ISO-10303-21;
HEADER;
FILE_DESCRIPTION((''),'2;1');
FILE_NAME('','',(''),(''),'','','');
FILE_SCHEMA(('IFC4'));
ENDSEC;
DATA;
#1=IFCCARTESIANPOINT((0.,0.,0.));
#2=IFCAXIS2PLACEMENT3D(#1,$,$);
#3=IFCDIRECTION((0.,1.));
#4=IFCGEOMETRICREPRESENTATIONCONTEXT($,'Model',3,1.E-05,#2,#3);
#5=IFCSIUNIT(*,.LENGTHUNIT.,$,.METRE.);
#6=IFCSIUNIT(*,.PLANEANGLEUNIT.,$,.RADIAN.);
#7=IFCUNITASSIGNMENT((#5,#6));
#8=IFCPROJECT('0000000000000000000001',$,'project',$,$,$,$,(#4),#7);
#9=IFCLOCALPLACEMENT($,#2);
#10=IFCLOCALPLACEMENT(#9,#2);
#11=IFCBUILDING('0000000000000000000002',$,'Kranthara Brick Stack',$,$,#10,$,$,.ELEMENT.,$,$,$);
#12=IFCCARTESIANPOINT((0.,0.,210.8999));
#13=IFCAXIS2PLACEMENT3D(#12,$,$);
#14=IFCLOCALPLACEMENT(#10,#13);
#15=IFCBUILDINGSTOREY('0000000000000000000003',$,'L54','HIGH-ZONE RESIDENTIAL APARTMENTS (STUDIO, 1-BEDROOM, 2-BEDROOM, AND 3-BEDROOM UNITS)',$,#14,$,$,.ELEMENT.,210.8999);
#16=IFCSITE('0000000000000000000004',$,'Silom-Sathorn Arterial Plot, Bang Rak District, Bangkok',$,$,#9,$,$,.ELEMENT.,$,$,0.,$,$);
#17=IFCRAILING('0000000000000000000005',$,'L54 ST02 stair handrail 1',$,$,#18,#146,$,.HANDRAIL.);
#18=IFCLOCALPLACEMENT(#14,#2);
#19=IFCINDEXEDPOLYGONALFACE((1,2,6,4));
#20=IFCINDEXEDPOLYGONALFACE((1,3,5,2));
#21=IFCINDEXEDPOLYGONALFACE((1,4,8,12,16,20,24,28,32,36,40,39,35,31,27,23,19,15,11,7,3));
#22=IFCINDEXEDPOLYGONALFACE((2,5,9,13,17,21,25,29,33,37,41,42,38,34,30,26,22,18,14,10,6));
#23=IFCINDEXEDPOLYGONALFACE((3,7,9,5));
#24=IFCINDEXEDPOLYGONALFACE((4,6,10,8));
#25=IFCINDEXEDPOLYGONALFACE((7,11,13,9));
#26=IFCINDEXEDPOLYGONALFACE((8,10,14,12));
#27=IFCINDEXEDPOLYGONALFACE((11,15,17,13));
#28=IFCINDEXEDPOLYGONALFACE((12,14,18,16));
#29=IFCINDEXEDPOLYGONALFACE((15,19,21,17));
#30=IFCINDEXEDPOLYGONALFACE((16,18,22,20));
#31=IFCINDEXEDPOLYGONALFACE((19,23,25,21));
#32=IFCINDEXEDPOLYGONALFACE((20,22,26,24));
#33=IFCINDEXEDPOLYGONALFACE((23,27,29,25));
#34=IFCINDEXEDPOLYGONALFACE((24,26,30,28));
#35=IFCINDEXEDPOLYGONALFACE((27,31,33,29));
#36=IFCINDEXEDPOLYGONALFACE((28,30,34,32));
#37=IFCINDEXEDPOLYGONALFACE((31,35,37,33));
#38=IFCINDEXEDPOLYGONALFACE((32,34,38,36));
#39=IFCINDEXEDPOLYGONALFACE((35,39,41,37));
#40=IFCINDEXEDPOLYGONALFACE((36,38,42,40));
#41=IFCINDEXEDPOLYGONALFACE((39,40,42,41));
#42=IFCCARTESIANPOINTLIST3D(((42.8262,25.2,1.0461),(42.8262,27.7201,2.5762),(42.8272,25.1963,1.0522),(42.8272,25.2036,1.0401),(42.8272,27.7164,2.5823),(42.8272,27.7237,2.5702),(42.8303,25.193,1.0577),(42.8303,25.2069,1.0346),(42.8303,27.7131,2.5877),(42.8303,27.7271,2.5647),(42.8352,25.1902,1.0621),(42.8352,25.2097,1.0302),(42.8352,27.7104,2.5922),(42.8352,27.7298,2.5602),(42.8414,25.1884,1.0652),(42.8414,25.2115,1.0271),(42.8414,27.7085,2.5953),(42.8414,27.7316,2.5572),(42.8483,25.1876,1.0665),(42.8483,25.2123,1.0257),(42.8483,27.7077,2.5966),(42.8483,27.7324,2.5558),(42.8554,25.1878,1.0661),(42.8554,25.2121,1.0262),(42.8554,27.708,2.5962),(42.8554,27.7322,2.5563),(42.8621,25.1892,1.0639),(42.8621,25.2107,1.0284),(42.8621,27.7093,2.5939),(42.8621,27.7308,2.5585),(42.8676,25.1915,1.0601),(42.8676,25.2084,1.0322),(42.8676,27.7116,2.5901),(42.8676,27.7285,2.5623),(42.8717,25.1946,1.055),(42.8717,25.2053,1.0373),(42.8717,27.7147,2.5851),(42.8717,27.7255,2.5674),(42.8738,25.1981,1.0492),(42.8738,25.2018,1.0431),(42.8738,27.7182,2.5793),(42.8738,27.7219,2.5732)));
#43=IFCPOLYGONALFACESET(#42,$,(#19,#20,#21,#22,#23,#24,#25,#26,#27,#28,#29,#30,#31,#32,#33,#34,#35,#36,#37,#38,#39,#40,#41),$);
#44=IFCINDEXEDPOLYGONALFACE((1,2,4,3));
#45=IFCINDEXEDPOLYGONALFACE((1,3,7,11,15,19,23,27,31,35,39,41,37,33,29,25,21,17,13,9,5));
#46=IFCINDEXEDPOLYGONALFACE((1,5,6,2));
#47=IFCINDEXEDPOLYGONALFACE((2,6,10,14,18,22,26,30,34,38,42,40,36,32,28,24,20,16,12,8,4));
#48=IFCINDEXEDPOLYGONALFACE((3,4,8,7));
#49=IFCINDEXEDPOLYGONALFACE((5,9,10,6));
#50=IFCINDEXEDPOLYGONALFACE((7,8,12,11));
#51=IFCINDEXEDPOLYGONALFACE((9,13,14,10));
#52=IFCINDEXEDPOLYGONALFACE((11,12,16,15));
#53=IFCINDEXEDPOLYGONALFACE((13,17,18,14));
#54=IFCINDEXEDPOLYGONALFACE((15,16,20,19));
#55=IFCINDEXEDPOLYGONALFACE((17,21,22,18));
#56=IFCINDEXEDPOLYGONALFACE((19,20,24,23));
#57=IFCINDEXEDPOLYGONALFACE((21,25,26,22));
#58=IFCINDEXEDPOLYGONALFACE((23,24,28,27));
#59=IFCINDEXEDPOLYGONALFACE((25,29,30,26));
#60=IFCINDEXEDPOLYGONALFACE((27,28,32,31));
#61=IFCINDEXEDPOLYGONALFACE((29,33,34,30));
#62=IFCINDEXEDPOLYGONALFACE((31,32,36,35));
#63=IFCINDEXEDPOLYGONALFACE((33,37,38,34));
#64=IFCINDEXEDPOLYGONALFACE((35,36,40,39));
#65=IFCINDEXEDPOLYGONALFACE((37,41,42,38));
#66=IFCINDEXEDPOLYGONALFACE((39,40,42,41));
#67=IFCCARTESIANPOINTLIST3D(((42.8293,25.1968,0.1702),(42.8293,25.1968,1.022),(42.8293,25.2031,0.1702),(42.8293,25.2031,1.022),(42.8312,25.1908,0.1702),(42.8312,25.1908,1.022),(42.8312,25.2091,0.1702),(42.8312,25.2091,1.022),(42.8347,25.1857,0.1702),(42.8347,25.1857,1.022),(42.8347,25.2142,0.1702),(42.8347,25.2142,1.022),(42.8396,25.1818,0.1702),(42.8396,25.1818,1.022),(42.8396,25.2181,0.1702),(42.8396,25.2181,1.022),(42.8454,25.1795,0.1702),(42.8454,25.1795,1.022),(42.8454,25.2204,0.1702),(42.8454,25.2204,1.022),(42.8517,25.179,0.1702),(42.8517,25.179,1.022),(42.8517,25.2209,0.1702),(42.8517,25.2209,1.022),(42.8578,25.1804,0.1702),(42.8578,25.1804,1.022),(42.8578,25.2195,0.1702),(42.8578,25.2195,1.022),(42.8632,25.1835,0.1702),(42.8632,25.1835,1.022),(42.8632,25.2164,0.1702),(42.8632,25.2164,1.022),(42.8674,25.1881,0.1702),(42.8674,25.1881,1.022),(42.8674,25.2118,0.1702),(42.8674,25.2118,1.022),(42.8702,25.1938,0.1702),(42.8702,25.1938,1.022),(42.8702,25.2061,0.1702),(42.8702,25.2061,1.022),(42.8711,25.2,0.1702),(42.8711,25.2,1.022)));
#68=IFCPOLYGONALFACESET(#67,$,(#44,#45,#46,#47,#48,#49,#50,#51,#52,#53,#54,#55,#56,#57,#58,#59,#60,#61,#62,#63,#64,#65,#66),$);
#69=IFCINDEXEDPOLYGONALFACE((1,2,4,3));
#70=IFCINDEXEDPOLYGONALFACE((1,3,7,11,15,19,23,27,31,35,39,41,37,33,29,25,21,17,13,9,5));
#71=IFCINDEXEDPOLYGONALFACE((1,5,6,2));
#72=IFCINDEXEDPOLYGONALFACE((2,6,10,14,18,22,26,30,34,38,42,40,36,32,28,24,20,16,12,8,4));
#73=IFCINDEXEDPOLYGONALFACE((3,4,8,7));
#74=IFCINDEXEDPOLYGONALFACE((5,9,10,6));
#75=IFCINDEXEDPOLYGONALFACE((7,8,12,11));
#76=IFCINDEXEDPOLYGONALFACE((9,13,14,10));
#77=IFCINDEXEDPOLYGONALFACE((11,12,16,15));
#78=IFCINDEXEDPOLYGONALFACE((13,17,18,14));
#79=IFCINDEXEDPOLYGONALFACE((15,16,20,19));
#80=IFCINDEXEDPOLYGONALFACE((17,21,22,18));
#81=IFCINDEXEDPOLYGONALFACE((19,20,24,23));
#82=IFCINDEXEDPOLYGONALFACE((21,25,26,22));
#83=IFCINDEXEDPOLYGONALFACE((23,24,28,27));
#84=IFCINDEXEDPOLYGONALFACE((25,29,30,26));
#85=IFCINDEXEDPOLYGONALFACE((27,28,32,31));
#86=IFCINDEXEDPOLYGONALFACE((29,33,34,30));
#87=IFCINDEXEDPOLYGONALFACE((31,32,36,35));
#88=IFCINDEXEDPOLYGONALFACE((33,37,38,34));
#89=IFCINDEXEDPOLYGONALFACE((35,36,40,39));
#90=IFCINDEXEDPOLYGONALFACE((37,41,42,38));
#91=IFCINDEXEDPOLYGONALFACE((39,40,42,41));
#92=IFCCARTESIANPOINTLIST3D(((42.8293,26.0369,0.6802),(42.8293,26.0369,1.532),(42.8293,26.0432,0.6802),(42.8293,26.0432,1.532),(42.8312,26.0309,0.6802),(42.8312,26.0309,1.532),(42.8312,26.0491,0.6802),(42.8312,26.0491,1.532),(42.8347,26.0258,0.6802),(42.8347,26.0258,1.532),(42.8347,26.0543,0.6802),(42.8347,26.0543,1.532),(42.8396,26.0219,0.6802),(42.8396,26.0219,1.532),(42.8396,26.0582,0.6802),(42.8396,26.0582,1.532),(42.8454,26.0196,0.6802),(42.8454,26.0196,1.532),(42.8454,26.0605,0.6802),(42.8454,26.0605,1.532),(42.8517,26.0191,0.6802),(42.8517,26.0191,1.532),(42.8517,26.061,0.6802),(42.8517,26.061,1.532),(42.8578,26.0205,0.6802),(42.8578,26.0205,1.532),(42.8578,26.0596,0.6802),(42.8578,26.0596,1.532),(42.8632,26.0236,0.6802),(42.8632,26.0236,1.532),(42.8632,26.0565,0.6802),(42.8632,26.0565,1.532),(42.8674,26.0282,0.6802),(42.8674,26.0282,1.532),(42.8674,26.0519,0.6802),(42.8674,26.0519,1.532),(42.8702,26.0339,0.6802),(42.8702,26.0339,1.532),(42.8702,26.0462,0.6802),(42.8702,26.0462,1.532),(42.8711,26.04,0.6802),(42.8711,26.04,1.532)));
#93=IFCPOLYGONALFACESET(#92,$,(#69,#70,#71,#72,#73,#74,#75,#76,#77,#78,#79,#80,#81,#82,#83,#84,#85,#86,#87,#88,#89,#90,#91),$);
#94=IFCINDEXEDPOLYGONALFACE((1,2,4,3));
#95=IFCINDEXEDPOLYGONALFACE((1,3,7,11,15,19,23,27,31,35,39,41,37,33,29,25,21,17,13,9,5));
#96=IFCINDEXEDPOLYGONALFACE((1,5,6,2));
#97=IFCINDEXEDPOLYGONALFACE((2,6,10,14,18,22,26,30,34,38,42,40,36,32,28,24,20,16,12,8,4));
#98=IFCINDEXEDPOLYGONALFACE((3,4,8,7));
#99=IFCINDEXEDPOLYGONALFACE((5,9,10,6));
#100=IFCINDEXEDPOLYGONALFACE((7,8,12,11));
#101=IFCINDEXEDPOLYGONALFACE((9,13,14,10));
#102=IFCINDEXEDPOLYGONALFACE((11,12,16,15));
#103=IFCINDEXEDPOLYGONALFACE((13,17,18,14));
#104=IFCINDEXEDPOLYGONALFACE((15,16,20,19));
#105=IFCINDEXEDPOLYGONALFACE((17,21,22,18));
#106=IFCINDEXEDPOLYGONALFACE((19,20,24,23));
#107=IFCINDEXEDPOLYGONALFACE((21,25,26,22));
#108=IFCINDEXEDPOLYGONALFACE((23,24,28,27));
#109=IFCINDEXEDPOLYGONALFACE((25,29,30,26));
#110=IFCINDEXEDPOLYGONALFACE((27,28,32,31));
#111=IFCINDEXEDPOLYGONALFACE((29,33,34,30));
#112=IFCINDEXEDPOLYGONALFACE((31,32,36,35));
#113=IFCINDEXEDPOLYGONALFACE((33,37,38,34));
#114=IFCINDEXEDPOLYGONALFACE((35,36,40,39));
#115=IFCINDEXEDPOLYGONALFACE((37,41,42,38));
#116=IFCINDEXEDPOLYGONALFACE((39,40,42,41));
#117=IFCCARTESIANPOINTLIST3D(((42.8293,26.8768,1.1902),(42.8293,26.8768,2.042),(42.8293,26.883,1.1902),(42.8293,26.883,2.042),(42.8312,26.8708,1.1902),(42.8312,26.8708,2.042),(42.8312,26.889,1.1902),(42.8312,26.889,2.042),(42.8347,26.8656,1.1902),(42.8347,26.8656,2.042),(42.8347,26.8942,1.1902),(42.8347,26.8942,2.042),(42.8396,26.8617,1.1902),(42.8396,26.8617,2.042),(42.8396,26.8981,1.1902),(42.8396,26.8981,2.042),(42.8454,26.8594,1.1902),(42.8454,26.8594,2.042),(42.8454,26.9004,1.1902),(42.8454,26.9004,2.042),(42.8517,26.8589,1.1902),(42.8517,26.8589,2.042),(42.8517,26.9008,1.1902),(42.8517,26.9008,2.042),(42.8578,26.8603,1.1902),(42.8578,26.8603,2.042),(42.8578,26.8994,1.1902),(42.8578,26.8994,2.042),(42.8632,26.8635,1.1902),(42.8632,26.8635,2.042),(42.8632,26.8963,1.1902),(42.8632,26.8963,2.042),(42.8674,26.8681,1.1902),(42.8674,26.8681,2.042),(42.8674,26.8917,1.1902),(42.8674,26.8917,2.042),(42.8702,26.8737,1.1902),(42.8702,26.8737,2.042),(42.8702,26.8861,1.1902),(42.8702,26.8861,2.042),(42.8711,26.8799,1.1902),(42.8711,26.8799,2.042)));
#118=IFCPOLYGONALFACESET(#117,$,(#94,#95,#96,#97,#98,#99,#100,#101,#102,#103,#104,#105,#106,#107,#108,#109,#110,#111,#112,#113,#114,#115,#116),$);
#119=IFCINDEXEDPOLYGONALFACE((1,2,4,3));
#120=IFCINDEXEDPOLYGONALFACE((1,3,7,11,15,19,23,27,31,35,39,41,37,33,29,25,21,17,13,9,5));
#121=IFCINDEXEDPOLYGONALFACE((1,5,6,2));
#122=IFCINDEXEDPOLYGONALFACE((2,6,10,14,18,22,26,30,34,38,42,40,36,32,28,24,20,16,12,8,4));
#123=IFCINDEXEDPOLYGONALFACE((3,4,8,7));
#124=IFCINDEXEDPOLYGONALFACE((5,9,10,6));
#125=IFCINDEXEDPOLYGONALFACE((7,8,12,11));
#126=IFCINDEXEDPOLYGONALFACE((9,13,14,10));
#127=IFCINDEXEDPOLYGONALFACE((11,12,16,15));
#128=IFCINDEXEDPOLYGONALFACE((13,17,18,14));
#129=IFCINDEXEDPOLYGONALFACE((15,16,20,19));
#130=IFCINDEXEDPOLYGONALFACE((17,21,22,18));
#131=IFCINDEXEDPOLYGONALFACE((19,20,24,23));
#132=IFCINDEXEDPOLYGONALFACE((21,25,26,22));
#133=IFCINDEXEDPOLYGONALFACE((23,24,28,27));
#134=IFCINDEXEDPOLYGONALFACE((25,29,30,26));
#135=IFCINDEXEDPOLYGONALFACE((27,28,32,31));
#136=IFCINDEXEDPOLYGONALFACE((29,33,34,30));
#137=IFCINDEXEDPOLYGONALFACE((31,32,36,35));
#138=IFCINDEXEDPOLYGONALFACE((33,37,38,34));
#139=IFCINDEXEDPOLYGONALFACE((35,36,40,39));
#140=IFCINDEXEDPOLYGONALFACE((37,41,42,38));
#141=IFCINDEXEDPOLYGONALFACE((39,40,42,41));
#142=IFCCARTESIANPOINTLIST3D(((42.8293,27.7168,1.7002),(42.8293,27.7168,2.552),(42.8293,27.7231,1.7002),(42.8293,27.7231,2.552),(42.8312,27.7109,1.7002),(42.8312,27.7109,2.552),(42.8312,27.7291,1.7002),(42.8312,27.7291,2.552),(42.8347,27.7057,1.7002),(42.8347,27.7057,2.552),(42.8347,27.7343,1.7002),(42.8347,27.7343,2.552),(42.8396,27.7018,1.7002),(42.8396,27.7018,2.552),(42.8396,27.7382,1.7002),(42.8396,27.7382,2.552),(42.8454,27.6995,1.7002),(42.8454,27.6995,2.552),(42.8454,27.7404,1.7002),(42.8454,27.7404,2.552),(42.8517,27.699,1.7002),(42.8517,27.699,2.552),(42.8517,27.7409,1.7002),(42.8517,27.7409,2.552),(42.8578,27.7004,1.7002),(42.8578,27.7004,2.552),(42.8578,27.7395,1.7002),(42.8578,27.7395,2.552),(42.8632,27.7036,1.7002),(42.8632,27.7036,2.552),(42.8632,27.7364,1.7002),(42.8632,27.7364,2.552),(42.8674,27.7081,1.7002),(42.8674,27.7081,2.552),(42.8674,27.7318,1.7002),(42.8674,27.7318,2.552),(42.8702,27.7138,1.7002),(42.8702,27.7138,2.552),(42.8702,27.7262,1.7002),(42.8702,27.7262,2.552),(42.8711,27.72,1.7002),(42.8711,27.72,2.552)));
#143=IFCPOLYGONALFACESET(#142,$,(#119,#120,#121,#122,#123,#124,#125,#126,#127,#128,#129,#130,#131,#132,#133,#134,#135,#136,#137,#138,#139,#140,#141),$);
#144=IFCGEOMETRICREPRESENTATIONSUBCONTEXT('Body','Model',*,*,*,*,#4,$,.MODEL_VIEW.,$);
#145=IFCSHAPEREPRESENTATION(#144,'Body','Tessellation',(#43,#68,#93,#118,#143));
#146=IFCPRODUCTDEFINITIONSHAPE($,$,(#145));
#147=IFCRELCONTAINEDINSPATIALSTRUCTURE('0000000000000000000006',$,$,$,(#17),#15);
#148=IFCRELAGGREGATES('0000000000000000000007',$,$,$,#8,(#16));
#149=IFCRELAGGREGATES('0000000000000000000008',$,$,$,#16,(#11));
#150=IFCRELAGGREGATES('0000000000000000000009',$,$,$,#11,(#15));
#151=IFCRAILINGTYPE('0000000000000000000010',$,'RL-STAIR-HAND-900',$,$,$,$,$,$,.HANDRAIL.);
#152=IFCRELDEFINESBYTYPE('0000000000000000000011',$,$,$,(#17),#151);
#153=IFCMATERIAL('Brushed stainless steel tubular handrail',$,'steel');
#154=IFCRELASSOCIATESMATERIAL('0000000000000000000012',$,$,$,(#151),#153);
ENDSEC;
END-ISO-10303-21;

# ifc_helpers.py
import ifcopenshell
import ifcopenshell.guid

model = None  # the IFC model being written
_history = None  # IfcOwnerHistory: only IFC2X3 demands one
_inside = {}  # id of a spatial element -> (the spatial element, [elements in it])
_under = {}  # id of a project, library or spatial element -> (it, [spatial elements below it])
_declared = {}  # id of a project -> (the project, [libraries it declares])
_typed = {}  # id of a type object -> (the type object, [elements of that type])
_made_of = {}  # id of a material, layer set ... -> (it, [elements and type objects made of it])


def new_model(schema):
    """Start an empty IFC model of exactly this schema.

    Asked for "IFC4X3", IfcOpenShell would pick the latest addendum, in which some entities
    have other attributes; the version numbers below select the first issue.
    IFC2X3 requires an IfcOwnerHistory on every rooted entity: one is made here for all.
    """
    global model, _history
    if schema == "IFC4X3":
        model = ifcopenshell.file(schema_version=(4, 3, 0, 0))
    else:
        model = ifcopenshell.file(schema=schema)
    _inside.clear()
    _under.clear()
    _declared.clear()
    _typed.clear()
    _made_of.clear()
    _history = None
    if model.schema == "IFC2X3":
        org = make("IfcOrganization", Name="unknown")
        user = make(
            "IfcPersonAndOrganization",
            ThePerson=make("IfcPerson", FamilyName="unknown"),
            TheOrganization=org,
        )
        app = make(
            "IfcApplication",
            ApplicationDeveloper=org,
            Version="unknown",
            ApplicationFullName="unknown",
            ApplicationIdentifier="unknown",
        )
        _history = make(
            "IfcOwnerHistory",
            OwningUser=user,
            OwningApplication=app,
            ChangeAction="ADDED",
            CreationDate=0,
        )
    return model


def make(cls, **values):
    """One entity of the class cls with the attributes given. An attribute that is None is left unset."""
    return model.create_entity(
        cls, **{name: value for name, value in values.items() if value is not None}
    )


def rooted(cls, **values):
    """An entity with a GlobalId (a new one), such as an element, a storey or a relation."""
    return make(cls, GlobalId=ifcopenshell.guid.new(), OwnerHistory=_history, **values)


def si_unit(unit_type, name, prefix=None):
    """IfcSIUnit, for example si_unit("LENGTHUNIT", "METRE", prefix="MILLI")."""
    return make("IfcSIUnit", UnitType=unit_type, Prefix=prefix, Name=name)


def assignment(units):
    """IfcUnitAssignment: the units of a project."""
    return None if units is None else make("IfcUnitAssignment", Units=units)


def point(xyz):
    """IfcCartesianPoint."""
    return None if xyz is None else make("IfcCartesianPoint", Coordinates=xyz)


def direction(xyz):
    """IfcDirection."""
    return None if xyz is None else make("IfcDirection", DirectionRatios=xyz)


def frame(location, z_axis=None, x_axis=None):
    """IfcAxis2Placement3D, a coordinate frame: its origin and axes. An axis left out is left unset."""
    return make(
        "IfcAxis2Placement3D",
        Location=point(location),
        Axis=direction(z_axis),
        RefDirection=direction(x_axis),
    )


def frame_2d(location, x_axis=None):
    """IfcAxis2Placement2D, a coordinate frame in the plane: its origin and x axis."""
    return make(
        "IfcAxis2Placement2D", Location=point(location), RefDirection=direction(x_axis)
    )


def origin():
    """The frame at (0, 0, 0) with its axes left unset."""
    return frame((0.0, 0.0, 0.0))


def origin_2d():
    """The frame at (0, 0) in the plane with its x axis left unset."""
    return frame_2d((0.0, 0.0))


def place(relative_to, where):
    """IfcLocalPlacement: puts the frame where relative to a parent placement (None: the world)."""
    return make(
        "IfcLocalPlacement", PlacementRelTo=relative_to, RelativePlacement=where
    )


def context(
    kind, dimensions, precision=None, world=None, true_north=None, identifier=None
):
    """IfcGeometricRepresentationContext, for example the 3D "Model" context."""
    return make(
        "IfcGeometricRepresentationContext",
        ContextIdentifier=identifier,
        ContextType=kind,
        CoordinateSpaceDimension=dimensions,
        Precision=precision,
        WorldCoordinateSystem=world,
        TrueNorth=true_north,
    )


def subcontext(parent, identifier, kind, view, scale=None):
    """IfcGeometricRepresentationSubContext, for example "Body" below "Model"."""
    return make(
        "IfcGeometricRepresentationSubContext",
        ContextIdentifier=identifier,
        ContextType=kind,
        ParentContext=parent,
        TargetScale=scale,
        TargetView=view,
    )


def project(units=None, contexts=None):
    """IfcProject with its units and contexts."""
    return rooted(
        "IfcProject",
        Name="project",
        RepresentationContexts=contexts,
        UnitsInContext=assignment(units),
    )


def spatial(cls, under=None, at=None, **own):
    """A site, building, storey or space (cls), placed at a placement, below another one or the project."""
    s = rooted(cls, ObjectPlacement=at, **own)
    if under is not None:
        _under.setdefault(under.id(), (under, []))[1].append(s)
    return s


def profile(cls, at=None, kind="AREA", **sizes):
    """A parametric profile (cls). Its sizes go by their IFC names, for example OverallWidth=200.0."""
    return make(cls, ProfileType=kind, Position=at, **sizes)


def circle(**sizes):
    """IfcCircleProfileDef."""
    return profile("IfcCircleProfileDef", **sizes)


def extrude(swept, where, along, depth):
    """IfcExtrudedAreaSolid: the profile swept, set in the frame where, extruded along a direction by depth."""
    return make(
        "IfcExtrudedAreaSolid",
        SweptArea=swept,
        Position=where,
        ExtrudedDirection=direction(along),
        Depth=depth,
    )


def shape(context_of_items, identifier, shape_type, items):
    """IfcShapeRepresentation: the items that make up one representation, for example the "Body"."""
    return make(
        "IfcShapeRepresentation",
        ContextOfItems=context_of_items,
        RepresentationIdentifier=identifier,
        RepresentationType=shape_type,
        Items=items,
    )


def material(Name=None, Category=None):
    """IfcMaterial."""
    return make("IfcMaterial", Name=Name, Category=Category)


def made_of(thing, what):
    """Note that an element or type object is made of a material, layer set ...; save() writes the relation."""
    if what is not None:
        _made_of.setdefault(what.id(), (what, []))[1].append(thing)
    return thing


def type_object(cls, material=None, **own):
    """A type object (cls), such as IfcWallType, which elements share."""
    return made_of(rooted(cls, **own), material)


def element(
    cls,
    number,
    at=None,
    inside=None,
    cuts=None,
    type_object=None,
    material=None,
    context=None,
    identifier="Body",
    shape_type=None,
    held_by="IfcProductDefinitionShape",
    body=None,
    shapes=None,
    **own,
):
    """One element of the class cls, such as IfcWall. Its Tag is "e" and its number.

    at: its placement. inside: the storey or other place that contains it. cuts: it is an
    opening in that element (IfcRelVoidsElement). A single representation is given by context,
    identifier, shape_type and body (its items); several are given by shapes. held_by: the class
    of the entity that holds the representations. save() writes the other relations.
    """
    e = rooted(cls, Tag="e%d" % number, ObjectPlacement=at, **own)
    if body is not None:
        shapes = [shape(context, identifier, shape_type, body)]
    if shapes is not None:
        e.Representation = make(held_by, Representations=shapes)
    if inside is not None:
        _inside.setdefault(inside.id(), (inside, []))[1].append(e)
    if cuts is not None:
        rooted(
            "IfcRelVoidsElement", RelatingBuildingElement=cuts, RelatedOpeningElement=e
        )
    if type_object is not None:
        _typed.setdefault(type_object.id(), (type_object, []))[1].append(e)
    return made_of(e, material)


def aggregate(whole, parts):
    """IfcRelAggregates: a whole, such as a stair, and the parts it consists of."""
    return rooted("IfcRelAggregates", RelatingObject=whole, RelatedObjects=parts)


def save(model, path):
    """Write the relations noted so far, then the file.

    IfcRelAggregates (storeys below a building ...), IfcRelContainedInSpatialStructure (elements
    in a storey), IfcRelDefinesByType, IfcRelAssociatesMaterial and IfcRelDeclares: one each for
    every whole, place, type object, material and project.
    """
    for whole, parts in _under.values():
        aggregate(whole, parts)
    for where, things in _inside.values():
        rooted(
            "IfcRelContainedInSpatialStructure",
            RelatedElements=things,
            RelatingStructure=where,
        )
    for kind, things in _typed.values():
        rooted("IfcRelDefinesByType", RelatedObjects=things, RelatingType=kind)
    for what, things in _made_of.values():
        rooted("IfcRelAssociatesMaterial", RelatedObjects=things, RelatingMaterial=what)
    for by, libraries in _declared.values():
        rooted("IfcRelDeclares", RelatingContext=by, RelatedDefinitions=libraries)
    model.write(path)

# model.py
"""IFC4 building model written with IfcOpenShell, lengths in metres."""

from ifc_helpers import new_model, si_unit, direction, frame, origin, origin_2d, place, context, subcontext, project, spatial, circle, extrude, material, type_object, element, save


model = new_model("IFC4")

# Units and contexts
model_context = context("Model", 3, precision=1e-05, world=origin(), true_north=direction((0.0, 1.0)))
body_context = subcontext(model_context, "Body", "Model", "MODEL_VIEW")
ifc_project = project(units=[si_unit("LENGTHUNIT", "METRE"), si_unit("PLANEANGLEUNIT", "RADIAN")], contexts=[model_context])

# Site, building, storey
site_placement = place(None, origin())
site = spatial("IfcSite", under=ifc_project, at=site_placement, Name="Silom-Sathorn Arterial Plot, Bang Rak District, Bangkok", CompositionType="ELEMENT", RefElevation=0.0)
building_placement = place(site_placement, origin())
building = spatial("IfcBuilding", under=site, at=building_placement, Name="Kranthara Brick Stack", CompositionType="ELEMENT")
storey_placement = place(building_placement, frame((0.0, 0.0, 210.8999)))
storey = spatial("IfcBuildingStorey", under=building, at=storey_placement, Name="L54", Description="HIGH-ZONE RESIDENTIAL APARTMENTS (STUDIO, 1-BEDROOM, 2-BEDROOM, AND 3-BEDROOM UNITS)", CompositionType="ELEMENT", Elevation=210.8999)

# Railing
ifc_material_1 = material(Name="Brushed stainless steel tubular handrail", Category="steel")
railing_type_1 = type_object("IfcRailingType", Name="RL-STAIR-HAND-900", PredefinedType="HANDRAIL", material=ifc_material_1)
railing_1_placement = place(storey_placement, frame((42.8501, 25.2, 0.1702)))
element("IfcRailing", 1, at=railing_1_placement, inside=storey, type_object=railing_type_1, Name="L54 ST02 stair handrail 1", PredefinedType="HANDRAIL", context=body_context, shape_type="SweptSolid", body=[
    extrude(circle(Radius=0.0239, at=origin_2d()), frame((0.0, 0.0, 0.876), z_axis=(0.0, 0.854785, 0.518982), x_axis=(-1.0, 0.0, 0.0)), (0.0, 0.0, 1.0), 2.9482),
    extrude(circle(Radius=0.021, at=origin_2d()), origin(), (0.0, 0.0, 1.0), 0.8518),
    extrude(circle(Radius=0.021, at=origin_2d()), frame((0.0, 0.8401, 0.51)), (0.0, 0.0, 1.0), 0.8518),
    extrude(circle(Radius=0.021, at=origin_2d()), frame((0.0, 1.6799, 1.02)), (0.0, 0.0, 1.0), 0.8518),
    extrude(circle(Radius=0.021, at=origin_2d()), frame((0.0, 2.52, 1.53)), (0.0, 0.0, 1.0), 0.8518),
])

save(model, "model.ifc")
